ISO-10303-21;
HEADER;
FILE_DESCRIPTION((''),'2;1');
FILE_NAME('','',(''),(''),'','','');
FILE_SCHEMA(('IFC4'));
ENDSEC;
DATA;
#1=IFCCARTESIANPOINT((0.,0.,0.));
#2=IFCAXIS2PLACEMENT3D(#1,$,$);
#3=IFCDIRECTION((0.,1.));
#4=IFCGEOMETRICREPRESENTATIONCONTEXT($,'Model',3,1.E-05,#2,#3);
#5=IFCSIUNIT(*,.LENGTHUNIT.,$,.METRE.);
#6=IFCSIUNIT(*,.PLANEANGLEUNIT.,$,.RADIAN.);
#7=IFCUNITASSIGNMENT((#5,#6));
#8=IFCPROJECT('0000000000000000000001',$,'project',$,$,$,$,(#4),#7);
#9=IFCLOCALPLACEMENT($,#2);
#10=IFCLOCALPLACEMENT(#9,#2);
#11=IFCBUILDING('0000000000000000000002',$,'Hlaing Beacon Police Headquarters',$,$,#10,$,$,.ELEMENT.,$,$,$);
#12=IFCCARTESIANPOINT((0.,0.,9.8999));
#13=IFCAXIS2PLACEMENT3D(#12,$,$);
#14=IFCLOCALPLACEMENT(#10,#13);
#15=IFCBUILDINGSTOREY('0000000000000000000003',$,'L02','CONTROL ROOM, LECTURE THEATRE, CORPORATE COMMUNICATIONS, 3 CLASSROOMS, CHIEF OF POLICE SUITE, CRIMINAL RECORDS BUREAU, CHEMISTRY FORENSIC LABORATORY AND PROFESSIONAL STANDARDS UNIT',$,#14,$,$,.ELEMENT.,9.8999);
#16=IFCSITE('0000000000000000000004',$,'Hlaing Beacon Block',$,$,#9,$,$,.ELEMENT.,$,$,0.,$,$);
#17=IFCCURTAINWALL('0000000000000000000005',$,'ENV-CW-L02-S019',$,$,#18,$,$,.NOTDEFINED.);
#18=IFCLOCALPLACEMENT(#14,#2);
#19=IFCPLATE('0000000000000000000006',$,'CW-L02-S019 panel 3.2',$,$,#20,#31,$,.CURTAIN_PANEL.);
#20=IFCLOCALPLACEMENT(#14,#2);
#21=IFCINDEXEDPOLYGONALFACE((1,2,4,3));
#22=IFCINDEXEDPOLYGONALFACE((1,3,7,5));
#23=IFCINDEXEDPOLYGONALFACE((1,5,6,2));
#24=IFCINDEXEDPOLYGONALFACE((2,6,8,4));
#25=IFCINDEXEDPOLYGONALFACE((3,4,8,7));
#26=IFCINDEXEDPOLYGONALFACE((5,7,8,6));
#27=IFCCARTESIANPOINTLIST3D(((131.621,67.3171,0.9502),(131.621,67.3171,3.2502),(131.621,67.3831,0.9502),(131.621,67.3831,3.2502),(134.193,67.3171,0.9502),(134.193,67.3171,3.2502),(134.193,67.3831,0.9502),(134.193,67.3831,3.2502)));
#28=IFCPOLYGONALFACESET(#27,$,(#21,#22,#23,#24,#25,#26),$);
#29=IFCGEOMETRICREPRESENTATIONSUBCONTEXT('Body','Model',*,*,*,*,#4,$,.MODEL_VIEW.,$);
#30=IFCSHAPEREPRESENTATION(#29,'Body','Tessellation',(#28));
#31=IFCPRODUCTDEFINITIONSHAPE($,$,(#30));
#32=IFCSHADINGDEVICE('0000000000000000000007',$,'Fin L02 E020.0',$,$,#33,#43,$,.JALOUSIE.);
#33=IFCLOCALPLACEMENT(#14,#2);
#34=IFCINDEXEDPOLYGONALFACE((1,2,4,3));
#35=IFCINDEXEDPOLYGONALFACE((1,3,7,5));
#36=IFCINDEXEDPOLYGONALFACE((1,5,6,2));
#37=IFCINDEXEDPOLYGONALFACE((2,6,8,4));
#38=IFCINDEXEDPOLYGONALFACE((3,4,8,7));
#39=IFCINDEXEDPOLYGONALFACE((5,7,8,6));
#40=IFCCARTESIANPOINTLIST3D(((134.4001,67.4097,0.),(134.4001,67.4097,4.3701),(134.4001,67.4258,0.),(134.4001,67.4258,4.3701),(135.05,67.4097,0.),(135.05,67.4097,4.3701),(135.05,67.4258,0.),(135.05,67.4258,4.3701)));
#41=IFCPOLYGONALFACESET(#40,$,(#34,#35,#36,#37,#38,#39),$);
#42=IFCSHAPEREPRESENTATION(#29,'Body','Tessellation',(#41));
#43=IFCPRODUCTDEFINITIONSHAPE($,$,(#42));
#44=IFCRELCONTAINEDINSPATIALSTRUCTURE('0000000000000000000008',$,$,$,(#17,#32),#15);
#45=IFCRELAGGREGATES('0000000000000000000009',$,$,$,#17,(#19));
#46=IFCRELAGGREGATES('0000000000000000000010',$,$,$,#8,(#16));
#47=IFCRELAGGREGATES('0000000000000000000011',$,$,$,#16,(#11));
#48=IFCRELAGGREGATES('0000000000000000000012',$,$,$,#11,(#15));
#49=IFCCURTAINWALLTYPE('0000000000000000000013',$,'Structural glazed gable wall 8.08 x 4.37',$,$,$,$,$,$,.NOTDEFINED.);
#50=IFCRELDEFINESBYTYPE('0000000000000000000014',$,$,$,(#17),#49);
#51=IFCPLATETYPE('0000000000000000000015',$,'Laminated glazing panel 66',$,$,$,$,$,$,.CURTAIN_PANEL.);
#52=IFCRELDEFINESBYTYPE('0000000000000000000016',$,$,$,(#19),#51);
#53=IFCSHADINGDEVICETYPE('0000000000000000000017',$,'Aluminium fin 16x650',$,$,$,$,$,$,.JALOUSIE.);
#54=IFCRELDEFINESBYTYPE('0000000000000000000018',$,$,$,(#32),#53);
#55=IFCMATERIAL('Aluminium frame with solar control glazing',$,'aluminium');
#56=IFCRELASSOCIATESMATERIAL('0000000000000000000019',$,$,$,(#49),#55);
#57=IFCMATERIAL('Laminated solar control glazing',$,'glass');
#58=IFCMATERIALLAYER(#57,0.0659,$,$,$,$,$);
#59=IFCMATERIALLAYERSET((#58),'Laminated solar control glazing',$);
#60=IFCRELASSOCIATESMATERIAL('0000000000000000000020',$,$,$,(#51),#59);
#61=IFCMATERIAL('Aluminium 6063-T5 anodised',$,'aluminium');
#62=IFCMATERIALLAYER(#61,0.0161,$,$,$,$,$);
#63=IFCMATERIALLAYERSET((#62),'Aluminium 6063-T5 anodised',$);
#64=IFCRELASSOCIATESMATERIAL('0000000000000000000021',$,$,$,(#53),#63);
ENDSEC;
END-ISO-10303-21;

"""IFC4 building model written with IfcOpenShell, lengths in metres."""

from ifc_helpers import new_model, si_unit, direction, frame, origin, origin_2d, place, context, subcontext, project, spatial, rectangle, extrude, material, layer, layer_set, type_object, element, aggregate, save


model = new_model("IFC4")

# Units and contexts
model_context = context("Model", 3, precision=1e-05, world=origin(), true_north=direction((0.0, 1.0)))
body_context = subcontext(model_context, "Body", "Model", "MODEL_VIEW")
ifc_project = project(units=[si_unit("LENGTHUNIT", "METRE"), si_unit("PLANEANGLEUNIT", "RADIAN")], contexts=[model_context])

# Site, building, storey
site_placement = place(None, origin())
site = spatial("IfcSite", under=ifc_project, at=site_placement, Name="Hlaing Beacon Block", CompositionType="ELEMENT", RefElevation=0.0)
building_placement = place(site_placement, origin())
building = spatial("IfcBuilding", under=site, at=building_placement, Name="Hlaing Beacon Police Headquarters", CompositionType="ELEMENT")
storey_placement = place(building_placement, frame((0.0, 0.0, 9.8999)))
storey = spatial("IfcBuildingStorey", under=building, at=storey_placement, Name="L02", Description="CONTROL ROOM, LECTURE THEATRE, CORPORATE COMMUNICATIONS, 3 CLASSROOMS, CHIEF OF POLICE SUITE, CRIMINAL RECORDS BUREAU, CHEMISTRY FORENSIC LABORATORY AND PROFESSIONAL STANDARDS UNIT", CompositionType="ELEMENT", Elevation=9.8999)

# Curtain wall
ifc_material_1 = material(Name="Aluminium frame with solar control glazing", Category="aluminium")
curtain_wall_type_1 = type_object("IfcCurtainWallType", Name="Structural glazed gable wall 8.08 x 4.37", PredefinedType="NOTDEFINED", material=ifc_material_1)
curtain_wall_1_placement = place(storey_placement, origin())
curtain_wall_1 = element("IfcCurtainWall", 1, at=curtain_wall_1_placement, inside=storey, type_object=curtain_wall_type_1, Name="ENV-CW-L02-S019", PredefinedType="NOTDEFINED")

# Plate
ifc_material_2 = material(Name="Laminated solar control glazing", Category="glass")
ifc_layer_1 = layer(ifc_material_2, 0.0659)
ifc_layer_set_1 = layer_set([ifc_layer_1], Name="Laminated solar control glazing")
plate_type_1 = type_object("IfcPlateType", Name="Laminated glazing panel 66", PredefinedType="CURTAIN_PANEL", material=ifc_layer_set_1)
plate_1_placement = place(storey_placement, frame((132.907, 67.3501, 0.9502), z_axis=(0.0, 0.0, 1.0), x_axis=(1.0, 0.0, 0.0)))
plate_1 = element("IfcPlate", 2, at=plate_1_placement, type_object=plate_type_1, Name="CW-L02-S019 panel 3.2", PredefinedType="CURTAIN_PANEL", context=body_context, shape_type="SweptSolid", body=[
    extrude(rectangle(XDim=2.572, YDim=0.0659, at=origin_2d()), origin(), (0.0, 0.0, 1.0), 2.3),
])
aggregate(curtain_wall_1, [plate_1])

# Shading device
ifc_material_3 = material(Name="Aluminium 6063-T5 anodised", Category="aluminium")
ifc_layer_2 = layer(ifc_material_3, 0.0161)
ifc_layer_set_2 = layer_set([ifc_layer_2], Name="Aluminium 6063-T5 anodised")
shading_device_type = type_object("IfcShadingDeviceType", Name="Aluminium fin 16x650", PredefinedType="JALOUSIE", material=ifc_layer_set_2)
shading_device_placement = place(storey_placement, frame((134.7251, 67.4177, 0.0), z_axis=(0.0, 0.0, 1.0), x_axis=(0.0, 1.0, 0.0)))
element("IfcShadingDevice", 3, at=shading_device_placement, inside=storey, type_object=shading_device_type, Name="Fin L02 E020.0", PredefinedType="JALOUSIE", context=body_context, shape_type="SweptSolid", body=[
    extrude(rectangle(XDim=0.0161, YDim=0.6499, at=origin_2d()), origin(), (0.0, 0.0, 1.0), 4.3701),
])

save(model, "model.ifc")
